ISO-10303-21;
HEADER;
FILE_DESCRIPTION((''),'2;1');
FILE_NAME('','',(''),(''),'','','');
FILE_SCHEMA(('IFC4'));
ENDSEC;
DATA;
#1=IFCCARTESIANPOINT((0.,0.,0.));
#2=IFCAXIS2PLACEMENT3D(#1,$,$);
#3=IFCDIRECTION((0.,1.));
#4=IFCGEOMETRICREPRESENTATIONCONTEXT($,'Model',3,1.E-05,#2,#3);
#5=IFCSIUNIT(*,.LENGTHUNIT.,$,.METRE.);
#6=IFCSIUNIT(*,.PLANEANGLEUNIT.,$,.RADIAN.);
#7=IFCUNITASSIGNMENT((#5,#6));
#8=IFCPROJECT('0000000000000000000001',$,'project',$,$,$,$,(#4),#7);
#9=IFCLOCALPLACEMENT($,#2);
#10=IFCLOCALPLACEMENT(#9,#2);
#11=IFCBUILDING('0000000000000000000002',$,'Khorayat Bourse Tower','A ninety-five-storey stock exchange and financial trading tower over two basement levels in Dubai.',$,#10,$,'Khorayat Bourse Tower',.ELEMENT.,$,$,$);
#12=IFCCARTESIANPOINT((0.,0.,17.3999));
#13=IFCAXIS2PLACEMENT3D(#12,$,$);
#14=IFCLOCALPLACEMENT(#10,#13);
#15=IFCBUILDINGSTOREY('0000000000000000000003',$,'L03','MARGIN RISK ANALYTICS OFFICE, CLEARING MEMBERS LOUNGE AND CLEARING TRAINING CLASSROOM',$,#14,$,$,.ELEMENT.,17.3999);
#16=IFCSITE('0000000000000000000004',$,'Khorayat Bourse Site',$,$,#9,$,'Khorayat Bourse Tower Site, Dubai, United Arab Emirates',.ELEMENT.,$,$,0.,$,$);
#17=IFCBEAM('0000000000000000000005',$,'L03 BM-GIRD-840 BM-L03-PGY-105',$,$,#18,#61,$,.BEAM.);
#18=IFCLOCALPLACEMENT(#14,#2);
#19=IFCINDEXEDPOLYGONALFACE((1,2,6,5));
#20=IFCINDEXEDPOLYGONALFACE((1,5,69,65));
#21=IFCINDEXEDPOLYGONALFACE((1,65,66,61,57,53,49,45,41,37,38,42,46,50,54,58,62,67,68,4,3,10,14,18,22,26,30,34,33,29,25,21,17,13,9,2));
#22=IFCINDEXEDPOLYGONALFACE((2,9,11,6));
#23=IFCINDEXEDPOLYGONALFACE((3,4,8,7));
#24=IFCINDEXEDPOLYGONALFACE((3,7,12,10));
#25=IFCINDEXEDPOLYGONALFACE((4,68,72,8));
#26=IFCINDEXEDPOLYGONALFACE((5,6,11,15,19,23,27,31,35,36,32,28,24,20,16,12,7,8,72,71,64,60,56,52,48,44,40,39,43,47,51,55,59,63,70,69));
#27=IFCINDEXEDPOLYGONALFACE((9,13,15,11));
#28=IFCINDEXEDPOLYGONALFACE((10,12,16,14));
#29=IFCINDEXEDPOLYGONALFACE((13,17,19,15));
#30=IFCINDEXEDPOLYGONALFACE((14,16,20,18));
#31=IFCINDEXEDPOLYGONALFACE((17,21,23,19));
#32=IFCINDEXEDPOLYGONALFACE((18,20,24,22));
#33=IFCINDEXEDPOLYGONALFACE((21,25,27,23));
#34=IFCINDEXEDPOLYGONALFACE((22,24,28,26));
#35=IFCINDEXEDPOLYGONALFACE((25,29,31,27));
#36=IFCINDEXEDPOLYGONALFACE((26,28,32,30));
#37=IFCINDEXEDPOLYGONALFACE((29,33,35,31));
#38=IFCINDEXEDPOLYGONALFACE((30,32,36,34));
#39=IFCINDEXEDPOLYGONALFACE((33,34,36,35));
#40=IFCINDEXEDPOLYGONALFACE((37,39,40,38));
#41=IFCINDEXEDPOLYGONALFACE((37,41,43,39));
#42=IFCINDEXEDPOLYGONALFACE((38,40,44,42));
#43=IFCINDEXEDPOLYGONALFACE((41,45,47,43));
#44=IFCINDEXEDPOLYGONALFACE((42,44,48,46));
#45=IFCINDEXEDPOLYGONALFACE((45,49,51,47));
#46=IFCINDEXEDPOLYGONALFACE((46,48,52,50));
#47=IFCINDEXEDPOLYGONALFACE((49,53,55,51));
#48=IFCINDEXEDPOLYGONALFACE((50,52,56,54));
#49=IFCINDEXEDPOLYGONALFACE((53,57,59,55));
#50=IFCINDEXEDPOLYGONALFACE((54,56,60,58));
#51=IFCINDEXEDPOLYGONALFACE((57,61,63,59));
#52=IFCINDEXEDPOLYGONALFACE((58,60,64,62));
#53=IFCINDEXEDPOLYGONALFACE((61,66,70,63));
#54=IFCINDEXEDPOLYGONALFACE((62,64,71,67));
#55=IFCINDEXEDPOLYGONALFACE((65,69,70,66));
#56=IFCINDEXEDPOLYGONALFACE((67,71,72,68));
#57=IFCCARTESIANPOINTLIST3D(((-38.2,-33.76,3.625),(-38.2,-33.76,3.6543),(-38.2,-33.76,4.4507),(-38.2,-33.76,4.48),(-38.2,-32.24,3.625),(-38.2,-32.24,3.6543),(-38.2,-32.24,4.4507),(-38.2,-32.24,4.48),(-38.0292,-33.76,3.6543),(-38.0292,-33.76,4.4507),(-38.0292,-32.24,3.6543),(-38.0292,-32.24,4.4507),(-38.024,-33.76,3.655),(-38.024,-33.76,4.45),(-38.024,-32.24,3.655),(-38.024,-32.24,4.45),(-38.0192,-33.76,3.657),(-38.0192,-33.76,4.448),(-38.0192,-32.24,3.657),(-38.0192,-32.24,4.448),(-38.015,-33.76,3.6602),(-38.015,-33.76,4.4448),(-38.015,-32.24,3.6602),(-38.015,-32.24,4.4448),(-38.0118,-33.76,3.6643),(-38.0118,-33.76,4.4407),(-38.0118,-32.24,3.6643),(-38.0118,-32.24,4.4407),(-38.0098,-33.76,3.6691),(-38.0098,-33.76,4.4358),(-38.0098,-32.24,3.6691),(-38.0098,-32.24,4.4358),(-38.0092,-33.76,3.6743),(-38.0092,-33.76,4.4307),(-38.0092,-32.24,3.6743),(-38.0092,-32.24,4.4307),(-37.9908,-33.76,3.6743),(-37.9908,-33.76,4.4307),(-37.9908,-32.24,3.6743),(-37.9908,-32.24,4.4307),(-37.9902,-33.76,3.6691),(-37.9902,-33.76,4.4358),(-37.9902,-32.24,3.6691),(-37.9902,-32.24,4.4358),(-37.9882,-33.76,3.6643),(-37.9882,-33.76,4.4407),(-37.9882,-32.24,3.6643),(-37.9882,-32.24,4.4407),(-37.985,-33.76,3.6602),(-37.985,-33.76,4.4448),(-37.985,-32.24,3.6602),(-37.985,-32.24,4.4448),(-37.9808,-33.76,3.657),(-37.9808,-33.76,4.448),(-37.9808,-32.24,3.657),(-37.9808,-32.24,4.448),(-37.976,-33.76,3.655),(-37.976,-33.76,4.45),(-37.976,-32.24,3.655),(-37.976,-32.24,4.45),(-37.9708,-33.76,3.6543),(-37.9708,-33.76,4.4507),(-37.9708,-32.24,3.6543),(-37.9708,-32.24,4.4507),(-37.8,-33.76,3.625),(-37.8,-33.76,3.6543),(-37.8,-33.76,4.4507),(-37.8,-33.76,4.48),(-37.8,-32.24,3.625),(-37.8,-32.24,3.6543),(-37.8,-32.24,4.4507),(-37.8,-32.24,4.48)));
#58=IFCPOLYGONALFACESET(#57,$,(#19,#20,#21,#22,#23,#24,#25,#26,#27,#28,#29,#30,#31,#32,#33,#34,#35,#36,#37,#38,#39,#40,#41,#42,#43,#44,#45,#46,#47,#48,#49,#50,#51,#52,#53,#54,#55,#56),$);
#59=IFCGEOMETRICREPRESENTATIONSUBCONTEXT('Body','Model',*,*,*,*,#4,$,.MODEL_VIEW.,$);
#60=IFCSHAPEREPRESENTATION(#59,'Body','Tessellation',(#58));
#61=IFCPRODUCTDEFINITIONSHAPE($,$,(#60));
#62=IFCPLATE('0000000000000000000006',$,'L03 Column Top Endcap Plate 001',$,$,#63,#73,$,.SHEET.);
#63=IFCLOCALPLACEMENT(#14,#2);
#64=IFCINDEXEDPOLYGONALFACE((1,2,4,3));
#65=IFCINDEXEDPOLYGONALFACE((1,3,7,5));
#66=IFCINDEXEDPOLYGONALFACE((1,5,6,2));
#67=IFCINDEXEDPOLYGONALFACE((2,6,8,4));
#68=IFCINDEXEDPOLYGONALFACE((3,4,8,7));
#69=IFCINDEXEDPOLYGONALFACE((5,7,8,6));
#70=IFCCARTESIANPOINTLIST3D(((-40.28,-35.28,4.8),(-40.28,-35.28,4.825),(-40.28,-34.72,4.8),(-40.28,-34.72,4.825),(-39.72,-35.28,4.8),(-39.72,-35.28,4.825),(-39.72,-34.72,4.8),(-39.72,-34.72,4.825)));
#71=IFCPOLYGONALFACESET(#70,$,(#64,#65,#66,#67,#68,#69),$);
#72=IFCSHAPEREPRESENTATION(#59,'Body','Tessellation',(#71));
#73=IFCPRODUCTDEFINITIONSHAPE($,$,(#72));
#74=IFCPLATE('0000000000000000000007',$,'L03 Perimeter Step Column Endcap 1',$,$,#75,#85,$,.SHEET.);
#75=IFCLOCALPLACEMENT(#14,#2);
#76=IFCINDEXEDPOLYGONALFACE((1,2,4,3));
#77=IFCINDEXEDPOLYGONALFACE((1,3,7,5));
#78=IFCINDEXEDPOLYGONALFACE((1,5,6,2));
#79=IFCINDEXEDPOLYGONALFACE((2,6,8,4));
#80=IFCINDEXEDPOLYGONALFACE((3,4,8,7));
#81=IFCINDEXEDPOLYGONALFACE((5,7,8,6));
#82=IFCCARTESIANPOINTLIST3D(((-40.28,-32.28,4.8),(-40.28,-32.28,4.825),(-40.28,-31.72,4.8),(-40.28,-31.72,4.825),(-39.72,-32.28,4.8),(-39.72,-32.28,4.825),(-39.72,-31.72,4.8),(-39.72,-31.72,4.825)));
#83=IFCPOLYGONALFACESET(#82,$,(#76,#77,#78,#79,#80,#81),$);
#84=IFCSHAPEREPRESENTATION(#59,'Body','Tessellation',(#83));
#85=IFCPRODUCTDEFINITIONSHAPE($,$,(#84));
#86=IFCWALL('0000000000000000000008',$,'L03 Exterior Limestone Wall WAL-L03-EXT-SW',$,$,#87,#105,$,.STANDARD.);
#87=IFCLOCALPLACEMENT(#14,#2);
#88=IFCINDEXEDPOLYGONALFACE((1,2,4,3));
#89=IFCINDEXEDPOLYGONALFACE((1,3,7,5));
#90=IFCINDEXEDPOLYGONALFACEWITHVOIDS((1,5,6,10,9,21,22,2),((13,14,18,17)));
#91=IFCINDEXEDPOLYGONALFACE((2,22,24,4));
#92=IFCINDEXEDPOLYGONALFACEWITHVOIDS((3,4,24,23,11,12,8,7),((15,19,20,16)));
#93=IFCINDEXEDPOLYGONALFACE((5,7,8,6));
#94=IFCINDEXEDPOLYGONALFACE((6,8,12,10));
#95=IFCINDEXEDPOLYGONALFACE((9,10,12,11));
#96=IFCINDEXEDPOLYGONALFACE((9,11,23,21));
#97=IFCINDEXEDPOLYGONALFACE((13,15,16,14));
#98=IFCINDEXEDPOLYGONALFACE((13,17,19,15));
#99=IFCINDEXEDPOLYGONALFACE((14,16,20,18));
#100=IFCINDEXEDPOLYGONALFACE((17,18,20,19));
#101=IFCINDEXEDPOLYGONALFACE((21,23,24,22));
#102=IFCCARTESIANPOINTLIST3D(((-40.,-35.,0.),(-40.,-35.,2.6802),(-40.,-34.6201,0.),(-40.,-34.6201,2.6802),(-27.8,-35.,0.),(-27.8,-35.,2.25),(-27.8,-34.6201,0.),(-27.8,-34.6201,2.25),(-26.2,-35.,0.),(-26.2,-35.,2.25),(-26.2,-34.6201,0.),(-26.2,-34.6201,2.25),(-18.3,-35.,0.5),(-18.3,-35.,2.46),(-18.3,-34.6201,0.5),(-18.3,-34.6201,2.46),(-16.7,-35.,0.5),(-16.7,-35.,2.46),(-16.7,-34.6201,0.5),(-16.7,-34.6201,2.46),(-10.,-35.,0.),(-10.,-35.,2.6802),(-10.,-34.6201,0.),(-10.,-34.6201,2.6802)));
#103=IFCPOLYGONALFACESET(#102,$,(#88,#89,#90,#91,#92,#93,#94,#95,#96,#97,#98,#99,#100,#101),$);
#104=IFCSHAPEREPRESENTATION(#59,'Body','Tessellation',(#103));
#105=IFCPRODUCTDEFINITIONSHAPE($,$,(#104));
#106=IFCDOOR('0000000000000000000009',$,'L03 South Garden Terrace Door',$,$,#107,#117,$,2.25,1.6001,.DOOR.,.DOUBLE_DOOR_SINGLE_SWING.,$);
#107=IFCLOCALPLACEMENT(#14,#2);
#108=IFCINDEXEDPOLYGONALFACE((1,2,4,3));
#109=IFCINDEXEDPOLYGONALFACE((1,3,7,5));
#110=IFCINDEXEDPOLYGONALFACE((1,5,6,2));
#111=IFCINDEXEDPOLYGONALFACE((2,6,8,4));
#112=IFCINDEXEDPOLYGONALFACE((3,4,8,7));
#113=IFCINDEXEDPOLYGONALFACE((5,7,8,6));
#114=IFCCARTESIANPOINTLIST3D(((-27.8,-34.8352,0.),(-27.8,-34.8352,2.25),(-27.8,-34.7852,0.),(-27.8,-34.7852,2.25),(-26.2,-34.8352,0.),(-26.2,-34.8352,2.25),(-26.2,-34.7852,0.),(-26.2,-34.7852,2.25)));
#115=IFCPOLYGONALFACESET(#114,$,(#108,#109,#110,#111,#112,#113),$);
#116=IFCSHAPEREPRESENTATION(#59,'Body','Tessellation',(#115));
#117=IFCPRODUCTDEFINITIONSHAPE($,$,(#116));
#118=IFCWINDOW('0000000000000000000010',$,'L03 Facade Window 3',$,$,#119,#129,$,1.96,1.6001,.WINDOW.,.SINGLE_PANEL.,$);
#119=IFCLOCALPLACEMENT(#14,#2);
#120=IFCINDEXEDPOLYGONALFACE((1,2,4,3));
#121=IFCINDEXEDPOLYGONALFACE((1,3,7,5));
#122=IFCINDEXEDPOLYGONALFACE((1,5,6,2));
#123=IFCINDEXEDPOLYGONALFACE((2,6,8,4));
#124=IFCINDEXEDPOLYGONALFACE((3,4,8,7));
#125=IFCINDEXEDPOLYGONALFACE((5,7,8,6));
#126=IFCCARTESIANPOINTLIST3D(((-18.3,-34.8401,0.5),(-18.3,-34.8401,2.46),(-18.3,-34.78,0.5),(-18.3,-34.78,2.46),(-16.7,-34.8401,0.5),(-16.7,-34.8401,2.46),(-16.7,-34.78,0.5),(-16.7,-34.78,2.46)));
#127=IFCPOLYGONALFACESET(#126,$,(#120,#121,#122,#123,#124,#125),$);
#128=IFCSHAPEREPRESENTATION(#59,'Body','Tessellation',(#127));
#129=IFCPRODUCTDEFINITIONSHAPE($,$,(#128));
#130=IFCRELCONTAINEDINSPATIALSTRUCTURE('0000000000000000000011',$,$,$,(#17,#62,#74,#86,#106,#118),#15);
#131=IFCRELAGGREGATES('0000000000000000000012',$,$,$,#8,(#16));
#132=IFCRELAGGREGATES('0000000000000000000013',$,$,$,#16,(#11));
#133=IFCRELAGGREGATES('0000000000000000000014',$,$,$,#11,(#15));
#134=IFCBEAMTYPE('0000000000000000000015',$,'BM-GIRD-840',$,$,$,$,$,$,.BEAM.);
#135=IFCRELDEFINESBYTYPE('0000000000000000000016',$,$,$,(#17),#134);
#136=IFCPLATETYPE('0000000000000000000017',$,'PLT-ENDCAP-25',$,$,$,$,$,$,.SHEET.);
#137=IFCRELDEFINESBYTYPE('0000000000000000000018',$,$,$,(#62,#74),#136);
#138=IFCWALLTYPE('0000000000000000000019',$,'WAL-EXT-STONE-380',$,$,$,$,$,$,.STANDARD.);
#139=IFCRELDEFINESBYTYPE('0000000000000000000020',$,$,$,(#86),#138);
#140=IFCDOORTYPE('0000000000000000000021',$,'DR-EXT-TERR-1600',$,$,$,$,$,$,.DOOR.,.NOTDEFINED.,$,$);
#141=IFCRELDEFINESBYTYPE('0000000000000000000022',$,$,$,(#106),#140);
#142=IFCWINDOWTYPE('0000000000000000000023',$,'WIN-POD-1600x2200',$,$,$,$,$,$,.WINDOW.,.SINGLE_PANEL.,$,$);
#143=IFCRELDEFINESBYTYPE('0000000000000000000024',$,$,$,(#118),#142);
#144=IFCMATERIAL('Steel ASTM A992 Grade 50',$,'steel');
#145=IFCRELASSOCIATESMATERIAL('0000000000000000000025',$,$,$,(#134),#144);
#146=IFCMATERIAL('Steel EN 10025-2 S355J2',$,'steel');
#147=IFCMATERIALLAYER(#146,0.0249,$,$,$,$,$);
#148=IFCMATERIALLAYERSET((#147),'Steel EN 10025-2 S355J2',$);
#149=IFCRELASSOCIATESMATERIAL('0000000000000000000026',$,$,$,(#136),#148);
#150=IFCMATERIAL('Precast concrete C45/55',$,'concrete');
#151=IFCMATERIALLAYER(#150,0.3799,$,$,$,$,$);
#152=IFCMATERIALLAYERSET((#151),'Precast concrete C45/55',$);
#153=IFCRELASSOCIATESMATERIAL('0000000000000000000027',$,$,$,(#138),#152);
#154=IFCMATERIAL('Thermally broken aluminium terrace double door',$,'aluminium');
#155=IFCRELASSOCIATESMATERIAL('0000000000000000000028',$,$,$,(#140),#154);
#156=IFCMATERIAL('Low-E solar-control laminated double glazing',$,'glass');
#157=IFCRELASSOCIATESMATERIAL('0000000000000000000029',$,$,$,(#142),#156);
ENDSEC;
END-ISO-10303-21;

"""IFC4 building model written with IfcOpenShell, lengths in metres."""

from ifc_helpers import new_model, si_unit, direction, frame, frame_2d, origin, origin_2d, place, context, subcontext, project, spatial, rectangle, i_section, extrude, source, transform, mapped, material, layer, layer_set, material_profile, profile_set, type_object, element, fill, save


model = new_model("IFC4")

# Units and contexts
model_context = context("Model", 3, precision=1e-05, world=origin(), true_north=direction((0.0, 1.0)))
body_context = subcontext(model_context, "Body", "Model", "MODEL_VIEW")
ifc_project = project(units=[si_unit("LENGTHUNIT", "METRE"), si_unit("PLANEANGLEUNIT", "RADIAN")], contexts=[model_context])

# Site, building, storey
site_placement = place(None, origin())
site = spatial("IfcSite", under=ifc_project, at=site_placement, Name="Khorayat Bourse Site", LongName="Khorayat Bourse Tower Site, Dubai, United Arab Emirates", CompositionType="ELEMENT", RefElevation=0.0)
building_placement = place(site_placement, origin())
building = spatial("IfcBuilding", under=site, at=building_placement, Name="Khorayat Bourse Tower", Description="A ninety-five-storey stock exchange and financial trading tower over two basement levels in Dubai.", LongName="Khorayat Bourse Tower", CompositionType="ELEMENT")
storey_placement = place(building_placement, frame((0.0, 0.0, 17.3999)))
storey = spatial("IfcBuildingStorey", under=building, at=storey_placement, Name="L03", Description="MARGIN RISK ANALYTICS OFFICE, CLEARING MEMBERS LOUNGE AND CLEARING TRAINING CLASSROOM", CompositionType="ELEMENT", Elevation=17.3999)

# Shared definitions
ifc_material_1 = material(Name="Steel EN 10025-2 S355J2", Category="steel")

# Beam
ifc_material_2 = material(Name="Steel ASTM A992 Grade 50", Category="steel")
ifc_material_profile_1 = material_profile(ifc_material_2, i_section(OverallWidth=0.3999, OverallDepth=0.855, WebThickness=0.0183, FlangeThickness=0.0293, FilletRadius=0.02, at=origin_2d()), Name="W840X299")
ifc_profile_set_1 = profile_set([ifc_material_profile_1], Name="Steel ASTM A992 Grade 50")
beam_type_1 = type_object("IfcBeamType", Name="BM-GIRD-840", PredefinedType="BEAM", material=ifc_profile_set_1)
shared_shape_1 = source(origin(), body_context, "Body", "SweptSolid", [
    extrude(i_section(OverallWidth=0.3999, OverallDepth=0.855, WebThickness=0.0183, FlangeThickness=0.0293, FilletRadius=0.02, at=origin_2d()), origin(), (0.0, 0.0, 1.0), 1.52),
])
beam_1_placement = place(storey_placement, frame((-38.0, -33.76, 4.0525), z_axis=(0.0, 1.0, 0.0), x_axis=(-1.0, 0.0, 0.0)))
element("IfcBeam", 1, at=beam_1_placement, inside=storey, type_object=beam_type_1, Name="L03 BM-GIRD-840 BM-L03-PGY-105", PredefinedType="BEAM", context=body_context, shape_type="MappedRepresentation", body=[
    mapped(shared_shape_1, transform((0.0, 0.0, 0.0), scale=1.0)),
])

# Plates
ifc_layer_1 = layer(ifc_material_1, 0.0249)
ifc_layer_set_1 = layer_set([ifc_layer_1], Name="Steel EN 10025-2 S355J2")
plate_type = type_object("IfcPlateType", Name="PLT-ENDCAP-25", PredefinedType="SHEET", material=ifc_layer_set_1)
shared_shape_2 = source(origin(), body_context, "Body", "SweptSolid", [
    extrude(rectangle(XDim=0.5601, YDim=0.5601, at=origin_2d()), origin(), (0.0, 0.0, 1.0), 0.0249),
])
for number, where, z_axis, x_axis, name in (
    (2, (-40.0, -35.0, 4.8), (0.0, 0.0, 1.0), (1.0, 0.0, 0.0), "L03 Column Top Endcap Plate 001"),
    (3, (-40.0, -32.0, 4.8), (0.0, 0.0, 1.0), (1.0, 0.0, 0.0), "L03 Perimeter Step Column Endcap 1"),
):
    element("IfcPlate", number, at=place(storey_placement, frame(where, z_axis=z_axis, x_axis=x_axis)), inside=storey, type_object=plate_type, Name=name, PredefinedType="SHEET", context=body_context, shape_type="MappedRepresentation", body=[
        mapped(shared_shape_2, transform((0.0, 0.0, 0.0), scale=1.0)),
    ])

# Wall, openings, door, window
ifc_material_3 = material(Name="Precast concrete C45/55", Category="concrete")
ifc_layer_2 = layer(ifc_material_3, 0.3799)
ifc_layer_set_2 = layer_set([ifc_layer_2], Name="Precast concrete C45/55")
wall_type_1 = type_object("IfcWallType", Name="WAL-EXT-STONE-380", PredefinedType="STANDARD", material=ifc_layer_set_2)
shared_shape_3 = source(origin(), body_context, "Body", "SweptSolid", [
    extrude(rectangle(XDim=30.0, YDim=0.3799, at=frame_2d((15.0, 0.0))), origin(), (0.0, 0.0, 1.0), 2.6802),
])
wall_1_placement = place(storey_placement, frame((-40.0, -34.8101, 0.0), z_axis=(0.0, 0.0, 1.0), x_axis=(1.0, 0.0, 0.0)))
wall_1 = element("IfcWall", 4, at=wall_1_placement, inside=storey, type_object=wall_type_1, Name="L03 Exterior Limestone Wall WAL-L03-EXT-SW", PredefinedType="STANDARD", context=body_context, shape_type="MappedRepresentation", body=[
    mapped(shared_shape_3, transform((0.0, 0.0, 0.0), scale=1.0)),
])
shared_shape_4 = source(origin(), body_context, "Body", "SweptSolid", [
    extrude(rectangle(XDim=1.6001, YDim=2.25, at=frame_2d((0.8, 1.125))), frame((0.0, 0.2, 0.0), z_axis=(0.0, -1.0, 0.0), x_axis=(1.0, 0.0, 0.0)), (0.0, 0.0, 1.0), 0.3999),
])
opening_1_placement = place(wall_1_placement, frame((12.2, 0.0, 0.0)))
opening_1 = element("IfcOpeningElement", 5, at=opening_1_placement, cuts=wall_1, PredefinedType="OPENING", context=body_context, shape_type="MappedRepresentation", body=[
    mapped(shared_shape_4, transform((0.0, 0.0, 0.0), scale=1.0)),
])
shared_shape_5 = source(origin(), body_context, "Body", "SweptSolid", [
    extrude(rectangle(XDim=1.6001, YDim=1.96, at=frame_2d((0.8, 0.98))), frame((0.0, 0.2, 0.0), z_axis=(0.0, -1.0, 0.0), x_axis=(1.0, 0.0, 0.0)), (0.0, 0.0, 1.0), 0.3999),
])
opening_2_placement = place(wall_1_placement, frame((21.7, 0.0, 0.5)))
opening_2 = element("IfcOpeningElement", 6, at=opening_2_placement, cuts=wall_1, PredefinedType="OPENING", context=body_context, shape_type="MappedRepresentation", body=[
    mapped(shared_shape_5, transform((0.0, 0.0, 0.0), scale=1.0)),
])
ifc_material_4 = material(Name="Thermally broken aluminium terrace double door", Category="aluminium")
door_type_1 = type_object("IfcDoorType", Name="DR-EXT-TERR-1600", OperationType="NOTDEFINED", PredefinedType="DOOR", material=ifc_material_4)
shared_shape_6 = source(origin(), body_context, "Body", "SweptSolid", [
    extrude(rectangle(XDim=1.6001, YDim=2.25, at=frame_2d((0.8, 1.125))), frame((0.0, 0.0249, 0.0), z_axis=(0.0, -1.0, 0.0), x_axis=(1.0, 0.0, 0.0)), (0.0, 0.0, 1.0), 0.05),
])
door_1_placement = place(opening_1_placement, origin())
door_1 = element("IfcDoor", 7, at=door_1_placement, inside=storey, type_object=door_type_1, Name="L03 South Garden Terrace Door", OperationType="DOUBLE_DOOR_SINGLE_SWING", OverallHeight=2.25, OverallWidth=1.6001, PredefinedType="DOOR", context=body_context, shape_type="MappedRepresentation", body=[
    mapped(shared_shape_6, transform((0.0, 0.0, 0.0), scale=1.0)),
])
fill(opening_1, door_1)
ifc_material_5 = material(Name="Low-E solar-control laminated double glazing", Category="glass")
window_type = type_object("IfcWindowType", Name="WIN-POD-1600x2200", PartitioningType="SINGLE_PANEL", PredefinedType="WINDOW", material=ifc_material_5)
shared_shape_7 = source(origin(), body_context, "Body", "SweptSolid", [
    extrude(rectangle(XDim=1.6001, YDim=1.96, at=frame_2d((0.8, 0.98))), frame((0.0, 0.03, 0.0), z_axis=(0.0, -1.0, 0.0), x_axis=(1.0, 0.0, 0.0)), (0.0, 0.0, 1.0), 0.0601),
])
window_1_placement = place(opening_2_placement, origin())
window_1 = element("IfcWindow", 8, at=window_1_placement, inside=storey, type_object=window_type, Name="L03 Facade Window 3", OverallHeight=1.96, OverallWidth=1.6001, PartitioningType="SINGLE_PANEL", PredefinedType="WINDOW", context=body_context, shape_type="MappedRepresentation", body=[
    mapped(shared_shape_7, transform((0.0, 0.0, 0.0), scale=1.0)),
])
fill(opening_2, window_1)

save(model, "model.ifc")
